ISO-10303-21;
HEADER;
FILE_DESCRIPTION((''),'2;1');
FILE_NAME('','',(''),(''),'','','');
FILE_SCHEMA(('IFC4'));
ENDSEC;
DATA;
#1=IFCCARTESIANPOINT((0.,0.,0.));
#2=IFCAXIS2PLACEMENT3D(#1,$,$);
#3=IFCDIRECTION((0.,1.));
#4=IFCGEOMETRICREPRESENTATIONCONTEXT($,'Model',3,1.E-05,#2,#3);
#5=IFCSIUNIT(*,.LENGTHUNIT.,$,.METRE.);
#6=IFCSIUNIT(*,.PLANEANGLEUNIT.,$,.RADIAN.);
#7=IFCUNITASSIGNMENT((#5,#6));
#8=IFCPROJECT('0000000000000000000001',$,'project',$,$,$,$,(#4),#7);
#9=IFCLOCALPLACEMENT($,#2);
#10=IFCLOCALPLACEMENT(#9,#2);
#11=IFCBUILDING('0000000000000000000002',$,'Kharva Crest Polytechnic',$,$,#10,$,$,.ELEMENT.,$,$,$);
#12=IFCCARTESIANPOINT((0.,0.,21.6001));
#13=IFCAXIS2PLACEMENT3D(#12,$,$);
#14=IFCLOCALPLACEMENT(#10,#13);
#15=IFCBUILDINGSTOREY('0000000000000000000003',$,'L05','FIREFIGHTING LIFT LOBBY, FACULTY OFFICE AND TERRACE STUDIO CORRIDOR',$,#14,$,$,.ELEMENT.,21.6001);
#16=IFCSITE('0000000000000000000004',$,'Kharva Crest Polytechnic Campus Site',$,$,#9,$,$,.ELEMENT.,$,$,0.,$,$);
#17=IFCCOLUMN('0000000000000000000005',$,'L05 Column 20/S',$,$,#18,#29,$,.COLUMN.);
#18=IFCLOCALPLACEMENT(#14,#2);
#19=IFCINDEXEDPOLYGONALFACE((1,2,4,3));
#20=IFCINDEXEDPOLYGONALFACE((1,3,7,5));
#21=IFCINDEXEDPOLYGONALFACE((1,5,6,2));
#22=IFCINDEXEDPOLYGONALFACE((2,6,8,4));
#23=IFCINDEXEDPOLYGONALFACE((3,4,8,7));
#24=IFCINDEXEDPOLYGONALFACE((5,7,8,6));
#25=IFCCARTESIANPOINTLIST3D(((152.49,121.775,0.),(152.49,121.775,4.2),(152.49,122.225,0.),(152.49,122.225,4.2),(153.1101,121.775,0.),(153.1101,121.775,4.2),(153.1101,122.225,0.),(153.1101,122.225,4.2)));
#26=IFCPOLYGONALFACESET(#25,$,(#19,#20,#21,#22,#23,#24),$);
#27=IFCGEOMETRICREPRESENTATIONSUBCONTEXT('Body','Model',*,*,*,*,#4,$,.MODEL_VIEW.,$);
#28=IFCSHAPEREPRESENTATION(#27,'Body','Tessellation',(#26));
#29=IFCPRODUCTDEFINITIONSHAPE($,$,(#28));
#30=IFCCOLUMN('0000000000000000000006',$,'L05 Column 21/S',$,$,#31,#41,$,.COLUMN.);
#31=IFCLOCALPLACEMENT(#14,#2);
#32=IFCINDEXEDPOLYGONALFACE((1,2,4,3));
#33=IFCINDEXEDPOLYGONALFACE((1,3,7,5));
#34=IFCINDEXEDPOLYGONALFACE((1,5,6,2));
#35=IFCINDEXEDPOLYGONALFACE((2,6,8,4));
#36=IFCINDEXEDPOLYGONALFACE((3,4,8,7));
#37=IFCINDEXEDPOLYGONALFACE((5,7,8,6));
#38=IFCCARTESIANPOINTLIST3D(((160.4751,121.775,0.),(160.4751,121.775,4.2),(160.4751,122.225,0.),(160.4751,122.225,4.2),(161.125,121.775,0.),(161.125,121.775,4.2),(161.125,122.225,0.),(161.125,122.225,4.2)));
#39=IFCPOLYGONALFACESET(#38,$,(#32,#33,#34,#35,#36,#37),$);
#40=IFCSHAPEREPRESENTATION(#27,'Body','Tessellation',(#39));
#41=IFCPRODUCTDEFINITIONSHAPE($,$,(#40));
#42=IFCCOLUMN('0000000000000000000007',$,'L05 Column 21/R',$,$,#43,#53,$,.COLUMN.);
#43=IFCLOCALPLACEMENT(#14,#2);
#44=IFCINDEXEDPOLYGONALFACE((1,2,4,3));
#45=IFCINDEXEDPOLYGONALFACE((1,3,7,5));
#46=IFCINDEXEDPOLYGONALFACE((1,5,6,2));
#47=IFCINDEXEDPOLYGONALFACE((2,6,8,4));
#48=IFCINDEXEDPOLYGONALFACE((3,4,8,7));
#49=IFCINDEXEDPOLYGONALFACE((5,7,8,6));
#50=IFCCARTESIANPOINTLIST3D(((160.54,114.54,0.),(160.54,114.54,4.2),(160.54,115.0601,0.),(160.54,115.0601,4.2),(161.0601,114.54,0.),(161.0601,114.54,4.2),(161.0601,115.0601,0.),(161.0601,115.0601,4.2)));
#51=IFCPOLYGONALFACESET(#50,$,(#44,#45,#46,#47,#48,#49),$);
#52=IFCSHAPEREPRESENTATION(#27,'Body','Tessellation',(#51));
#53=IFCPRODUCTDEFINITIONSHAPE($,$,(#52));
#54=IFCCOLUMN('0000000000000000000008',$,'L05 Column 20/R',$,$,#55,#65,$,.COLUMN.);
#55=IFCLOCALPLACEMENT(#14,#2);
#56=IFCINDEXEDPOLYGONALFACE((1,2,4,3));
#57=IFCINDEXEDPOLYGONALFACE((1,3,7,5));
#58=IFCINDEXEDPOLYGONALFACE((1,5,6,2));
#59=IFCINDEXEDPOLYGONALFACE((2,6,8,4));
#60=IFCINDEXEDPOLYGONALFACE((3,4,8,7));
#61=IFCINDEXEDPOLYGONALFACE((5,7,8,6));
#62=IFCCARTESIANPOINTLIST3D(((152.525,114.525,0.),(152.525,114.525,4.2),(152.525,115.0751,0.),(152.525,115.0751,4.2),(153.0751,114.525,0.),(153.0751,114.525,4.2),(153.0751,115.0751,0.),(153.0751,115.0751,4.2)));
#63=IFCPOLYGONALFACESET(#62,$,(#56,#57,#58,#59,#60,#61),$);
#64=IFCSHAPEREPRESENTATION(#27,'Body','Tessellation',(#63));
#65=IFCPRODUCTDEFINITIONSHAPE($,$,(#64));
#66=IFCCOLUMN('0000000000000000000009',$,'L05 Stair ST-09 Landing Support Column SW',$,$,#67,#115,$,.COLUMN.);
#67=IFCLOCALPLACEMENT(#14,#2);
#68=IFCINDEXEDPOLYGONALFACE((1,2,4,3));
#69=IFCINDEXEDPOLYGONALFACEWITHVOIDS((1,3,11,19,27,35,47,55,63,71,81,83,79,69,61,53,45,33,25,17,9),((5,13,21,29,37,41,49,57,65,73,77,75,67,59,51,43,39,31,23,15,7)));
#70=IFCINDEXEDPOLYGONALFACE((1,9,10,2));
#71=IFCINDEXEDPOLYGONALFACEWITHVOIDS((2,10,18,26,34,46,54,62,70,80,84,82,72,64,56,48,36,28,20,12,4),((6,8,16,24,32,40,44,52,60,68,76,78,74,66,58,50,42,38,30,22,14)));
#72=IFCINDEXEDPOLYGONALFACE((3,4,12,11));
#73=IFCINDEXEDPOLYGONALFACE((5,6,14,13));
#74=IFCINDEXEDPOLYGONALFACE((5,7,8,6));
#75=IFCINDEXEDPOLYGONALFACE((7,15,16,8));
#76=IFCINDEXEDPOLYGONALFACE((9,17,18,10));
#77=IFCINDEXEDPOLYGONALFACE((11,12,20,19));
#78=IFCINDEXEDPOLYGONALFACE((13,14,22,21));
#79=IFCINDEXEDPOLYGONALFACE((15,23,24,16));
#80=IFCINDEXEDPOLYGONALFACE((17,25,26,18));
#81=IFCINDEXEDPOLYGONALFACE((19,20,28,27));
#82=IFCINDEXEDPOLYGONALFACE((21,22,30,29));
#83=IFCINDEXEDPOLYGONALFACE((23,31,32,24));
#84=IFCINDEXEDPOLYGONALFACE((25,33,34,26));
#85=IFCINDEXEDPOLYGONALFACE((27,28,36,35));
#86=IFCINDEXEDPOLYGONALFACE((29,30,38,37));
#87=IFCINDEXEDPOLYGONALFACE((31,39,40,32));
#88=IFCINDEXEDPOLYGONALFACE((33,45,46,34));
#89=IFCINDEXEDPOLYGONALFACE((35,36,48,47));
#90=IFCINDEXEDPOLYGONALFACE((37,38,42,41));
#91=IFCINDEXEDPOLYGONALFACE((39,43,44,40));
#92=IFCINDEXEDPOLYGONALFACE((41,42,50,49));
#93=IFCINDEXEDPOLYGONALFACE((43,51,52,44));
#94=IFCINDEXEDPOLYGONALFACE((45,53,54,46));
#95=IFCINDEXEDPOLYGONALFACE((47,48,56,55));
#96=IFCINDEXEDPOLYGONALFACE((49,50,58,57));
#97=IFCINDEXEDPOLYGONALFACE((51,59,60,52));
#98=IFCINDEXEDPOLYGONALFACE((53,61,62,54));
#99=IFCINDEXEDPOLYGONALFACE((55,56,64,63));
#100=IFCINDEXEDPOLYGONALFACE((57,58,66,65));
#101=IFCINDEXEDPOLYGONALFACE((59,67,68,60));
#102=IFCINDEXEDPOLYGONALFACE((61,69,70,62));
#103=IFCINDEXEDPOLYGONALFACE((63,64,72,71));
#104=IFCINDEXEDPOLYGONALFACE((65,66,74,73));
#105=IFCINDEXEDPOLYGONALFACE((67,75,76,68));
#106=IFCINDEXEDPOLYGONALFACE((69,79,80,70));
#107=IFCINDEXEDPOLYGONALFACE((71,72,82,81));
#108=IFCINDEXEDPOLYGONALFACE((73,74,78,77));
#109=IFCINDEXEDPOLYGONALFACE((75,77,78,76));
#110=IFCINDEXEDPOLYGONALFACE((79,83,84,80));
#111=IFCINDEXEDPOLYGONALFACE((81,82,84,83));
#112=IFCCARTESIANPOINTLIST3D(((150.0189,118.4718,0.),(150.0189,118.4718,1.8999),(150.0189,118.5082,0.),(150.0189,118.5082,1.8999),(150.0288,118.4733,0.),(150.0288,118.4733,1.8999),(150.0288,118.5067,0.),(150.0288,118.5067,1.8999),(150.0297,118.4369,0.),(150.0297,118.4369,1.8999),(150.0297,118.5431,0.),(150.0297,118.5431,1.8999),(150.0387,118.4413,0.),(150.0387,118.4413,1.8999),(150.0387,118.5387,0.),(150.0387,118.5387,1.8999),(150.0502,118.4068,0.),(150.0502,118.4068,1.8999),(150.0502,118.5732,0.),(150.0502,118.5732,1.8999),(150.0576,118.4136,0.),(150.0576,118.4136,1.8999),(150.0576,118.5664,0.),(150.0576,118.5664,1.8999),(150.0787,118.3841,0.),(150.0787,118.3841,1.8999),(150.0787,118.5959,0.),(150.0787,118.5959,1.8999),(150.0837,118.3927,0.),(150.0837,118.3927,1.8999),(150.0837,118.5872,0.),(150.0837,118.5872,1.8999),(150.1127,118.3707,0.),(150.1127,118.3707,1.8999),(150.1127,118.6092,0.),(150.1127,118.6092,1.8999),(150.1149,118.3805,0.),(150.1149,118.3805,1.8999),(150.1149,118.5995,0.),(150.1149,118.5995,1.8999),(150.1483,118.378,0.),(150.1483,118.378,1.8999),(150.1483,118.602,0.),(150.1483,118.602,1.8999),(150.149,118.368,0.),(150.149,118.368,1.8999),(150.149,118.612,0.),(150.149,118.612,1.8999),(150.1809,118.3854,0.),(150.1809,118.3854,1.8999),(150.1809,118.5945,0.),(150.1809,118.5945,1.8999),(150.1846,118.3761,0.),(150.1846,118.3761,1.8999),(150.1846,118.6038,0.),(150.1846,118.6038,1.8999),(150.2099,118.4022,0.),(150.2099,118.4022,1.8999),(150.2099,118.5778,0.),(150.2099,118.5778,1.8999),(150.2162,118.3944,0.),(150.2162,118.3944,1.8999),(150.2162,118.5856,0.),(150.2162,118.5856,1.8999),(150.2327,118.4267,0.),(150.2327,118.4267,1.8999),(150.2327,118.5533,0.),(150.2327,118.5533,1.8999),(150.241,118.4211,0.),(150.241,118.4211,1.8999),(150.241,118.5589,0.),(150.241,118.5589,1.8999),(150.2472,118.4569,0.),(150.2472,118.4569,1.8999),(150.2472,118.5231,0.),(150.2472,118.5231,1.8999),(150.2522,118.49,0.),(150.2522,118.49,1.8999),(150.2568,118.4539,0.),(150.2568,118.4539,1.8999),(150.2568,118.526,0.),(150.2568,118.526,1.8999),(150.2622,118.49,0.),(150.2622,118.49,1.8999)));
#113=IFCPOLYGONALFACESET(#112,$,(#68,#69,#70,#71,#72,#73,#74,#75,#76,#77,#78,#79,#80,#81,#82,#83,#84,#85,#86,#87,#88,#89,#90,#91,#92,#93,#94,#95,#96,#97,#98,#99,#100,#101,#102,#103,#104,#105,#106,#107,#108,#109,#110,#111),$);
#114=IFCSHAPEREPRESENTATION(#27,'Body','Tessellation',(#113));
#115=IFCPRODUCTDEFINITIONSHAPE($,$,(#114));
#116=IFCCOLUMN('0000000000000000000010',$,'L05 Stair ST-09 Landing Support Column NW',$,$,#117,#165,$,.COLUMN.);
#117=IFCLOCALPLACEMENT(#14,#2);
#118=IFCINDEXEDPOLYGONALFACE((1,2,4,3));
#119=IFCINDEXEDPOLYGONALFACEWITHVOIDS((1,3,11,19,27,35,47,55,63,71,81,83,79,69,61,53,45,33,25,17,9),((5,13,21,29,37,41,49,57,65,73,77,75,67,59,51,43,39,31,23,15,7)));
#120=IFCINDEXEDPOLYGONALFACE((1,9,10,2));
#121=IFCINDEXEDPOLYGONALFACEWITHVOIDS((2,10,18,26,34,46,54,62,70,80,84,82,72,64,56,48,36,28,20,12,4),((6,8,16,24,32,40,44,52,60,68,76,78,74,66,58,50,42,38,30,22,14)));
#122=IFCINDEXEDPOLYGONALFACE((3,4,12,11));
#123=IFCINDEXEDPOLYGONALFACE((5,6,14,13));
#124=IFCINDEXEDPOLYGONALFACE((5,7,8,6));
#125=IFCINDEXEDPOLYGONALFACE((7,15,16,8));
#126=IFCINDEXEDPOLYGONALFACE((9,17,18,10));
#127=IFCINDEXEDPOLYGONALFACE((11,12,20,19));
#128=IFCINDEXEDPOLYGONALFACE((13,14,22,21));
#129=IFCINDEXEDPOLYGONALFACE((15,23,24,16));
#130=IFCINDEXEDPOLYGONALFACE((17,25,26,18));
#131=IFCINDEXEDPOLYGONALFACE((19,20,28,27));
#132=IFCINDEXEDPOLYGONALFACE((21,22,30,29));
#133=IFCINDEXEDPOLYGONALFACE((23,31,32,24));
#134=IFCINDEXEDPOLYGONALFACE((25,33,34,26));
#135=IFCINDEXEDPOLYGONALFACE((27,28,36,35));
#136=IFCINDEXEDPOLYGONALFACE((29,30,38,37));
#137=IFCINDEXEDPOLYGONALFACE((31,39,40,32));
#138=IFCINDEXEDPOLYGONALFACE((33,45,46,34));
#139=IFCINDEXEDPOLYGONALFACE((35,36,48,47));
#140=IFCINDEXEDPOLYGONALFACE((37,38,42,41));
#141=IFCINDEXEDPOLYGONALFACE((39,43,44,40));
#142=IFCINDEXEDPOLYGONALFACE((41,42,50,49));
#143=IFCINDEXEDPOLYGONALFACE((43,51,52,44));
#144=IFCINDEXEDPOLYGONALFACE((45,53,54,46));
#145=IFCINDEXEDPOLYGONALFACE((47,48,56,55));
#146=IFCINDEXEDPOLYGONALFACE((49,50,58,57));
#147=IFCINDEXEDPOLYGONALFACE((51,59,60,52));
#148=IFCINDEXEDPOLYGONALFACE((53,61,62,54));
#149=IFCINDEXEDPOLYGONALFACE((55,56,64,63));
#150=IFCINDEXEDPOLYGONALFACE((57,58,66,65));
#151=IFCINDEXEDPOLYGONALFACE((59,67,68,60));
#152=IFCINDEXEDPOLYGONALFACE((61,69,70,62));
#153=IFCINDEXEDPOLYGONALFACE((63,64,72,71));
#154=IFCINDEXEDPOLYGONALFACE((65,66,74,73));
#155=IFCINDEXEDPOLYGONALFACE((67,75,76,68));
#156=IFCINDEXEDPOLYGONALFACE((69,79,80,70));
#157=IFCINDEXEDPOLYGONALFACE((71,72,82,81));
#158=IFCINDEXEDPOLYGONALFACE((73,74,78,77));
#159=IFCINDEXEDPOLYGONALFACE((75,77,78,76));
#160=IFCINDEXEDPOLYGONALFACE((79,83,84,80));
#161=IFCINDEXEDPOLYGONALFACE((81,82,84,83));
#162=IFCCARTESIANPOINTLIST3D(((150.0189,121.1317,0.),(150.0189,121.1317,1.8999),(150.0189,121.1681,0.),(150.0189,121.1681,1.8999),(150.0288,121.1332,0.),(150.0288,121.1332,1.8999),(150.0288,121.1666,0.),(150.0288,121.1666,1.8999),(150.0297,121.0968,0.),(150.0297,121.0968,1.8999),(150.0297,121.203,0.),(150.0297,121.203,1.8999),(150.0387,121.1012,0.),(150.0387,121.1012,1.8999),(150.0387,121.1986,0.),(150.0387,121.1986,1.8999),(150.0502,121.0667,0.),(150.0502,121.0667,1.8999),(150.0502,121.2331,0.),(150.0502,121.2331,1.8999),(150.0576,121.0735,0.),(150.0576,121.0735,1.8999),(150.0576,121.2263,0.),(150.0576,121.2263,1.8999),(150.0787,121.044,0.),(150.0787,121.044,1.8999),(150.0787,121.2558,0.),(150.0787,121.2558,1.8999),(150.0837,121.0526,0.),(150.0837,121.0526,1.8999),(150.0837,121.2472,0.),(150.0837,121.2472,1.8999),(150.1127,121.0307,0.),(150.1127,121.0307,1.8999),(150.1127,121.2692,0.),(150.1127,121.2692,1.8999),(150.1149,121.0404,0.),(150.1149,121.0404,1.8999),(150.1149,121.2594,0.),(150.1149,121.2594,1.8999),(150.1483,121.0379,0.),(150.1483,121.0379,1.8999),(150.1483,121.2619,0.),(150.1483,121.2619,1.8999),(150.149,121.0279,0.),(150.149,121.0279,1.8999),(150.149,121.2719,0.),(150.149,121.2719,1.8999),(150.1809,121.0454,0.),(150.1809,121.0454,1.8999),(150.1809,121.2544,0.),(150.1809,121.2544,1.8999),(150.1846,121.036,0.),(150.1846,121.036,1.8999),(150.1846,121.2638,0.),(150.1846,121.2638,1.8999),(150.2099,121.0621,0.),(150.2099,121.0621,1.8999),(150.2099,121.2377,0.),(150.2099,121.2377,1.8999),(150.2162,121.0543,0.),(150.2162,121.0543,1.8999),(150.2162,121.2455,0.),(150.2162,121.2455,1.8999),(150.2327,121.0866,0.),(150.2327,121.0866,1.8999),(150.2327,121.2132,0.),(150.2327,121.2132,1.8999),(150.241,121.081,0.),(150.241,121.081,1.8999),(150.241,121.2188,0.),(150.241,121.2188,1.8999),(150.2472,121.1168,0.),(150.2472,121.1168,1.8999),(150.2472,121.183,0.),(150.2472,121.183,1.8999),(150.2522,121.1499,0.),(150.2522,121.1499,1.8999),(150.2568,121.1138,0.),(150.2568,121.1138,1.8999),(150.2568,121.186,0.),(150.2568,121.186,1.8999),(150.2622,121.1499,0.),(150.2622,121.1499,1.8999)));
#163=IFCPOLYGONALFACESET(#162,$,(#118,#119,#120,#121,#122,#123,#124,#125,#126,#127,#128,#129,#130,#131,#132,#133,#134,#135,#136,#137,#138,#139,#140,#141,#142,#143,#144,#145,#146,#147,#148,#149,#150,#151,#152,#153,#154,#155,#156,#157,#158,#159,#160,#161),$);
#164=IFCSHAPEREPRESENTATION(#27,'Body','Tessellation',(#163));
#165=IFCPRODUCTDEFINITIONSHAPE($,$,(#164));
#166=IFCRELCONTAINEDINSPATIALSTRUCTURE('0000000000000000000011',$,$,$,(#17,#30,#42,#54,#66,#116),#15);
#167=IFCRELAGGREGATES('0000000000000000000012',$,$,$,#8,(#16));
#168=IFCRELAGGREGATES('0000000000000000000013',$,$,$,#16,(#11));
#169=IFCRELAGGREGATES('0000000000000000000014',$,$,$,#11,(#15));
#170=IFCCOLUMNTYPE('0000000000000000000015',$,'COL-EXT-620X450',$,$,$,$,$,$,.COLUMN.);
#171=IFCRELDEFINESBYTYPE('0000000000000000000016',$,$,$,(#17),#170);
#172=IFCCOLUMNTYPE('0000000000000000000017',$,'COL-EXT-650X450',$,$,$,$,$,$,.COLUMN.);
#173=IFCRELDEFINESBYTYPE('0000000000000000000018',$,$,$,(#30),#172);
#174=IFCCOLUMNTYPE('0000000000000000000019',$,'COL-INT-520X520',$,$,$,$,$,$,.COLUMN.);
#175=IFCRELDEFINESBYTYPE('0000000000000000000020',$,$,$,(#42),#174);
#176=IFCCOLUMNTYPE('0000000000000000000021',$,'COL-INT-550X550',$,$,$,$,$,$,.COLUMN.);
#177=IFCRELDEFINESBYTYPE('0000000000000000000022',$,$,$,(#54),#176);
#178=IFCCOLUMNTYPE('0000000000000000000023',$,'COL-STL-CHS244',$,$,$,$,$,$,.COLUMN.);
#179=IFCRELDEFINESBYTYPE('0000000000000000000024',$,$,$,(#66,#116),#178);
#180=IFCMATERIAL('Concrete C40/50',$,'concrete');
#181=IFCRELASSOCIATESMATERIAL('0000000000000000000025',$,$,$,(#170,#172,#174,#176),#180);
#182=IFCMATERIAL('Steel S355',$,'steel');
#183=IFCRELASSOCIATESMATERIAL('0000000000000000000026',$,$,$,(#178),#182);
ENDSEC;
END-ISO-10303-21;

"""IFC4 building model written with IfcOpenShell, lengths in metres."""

from ifc_helpers import new_model, si_unit, direction, frame, origin, origin_2d, place, context, subcontext, project, spatial, rectangle, hollow_circle, extrude, material, material_profile, profile_set, type_object, element, save


model = new_model("IFC4")

# Units and contexts
model_context = context("Model", 3, precision=1e-05, world=origin(), true_north=direction((0.0, 1.0)))
body_context = subcontext(model_context, "Body", "Model", "MODEL_VIEW")
ifc_project = project(units=[si_unit("LENGTHUNIT", "METRE"), si_unit("PLANEANGLEUNIT", "RADIAN")], contexts=[model_context])

# Site, building, storey
site_placement = place(None, origin())
site = spatial("IfcSite", under=ifc_project, at=site_placement, Name="Kharva Crest Polytechnic Campus Site", CompositionType="ELEMENT", RefElevation=0.0)
building_placement = place(site_placement, origin())
building = spatial("IfcBuilding", under=site, at=building_placement, Name="Kharva Crest Polytechnic", CompositionType="ELEMENT")
storey_placement = place(building_placement, frame((0.0, 0.0, 21.6001)))
storey = spatial("IfcBuildingStorey", under=building, at=storey_placement, Name="L05", Description="FIREFIGHTING LIFT LOBBY, FACULTY OFFICE AND TERRACE STUDIO CORRIDOR", CompositionType="ELEMENT", Elevation=21.6001)

# Columns
ifc_material_1 = material(Name="Concrete C40/50", Category="concrete")
ifc_material_profile_1 = material_profile(ifc_material_1, rectangle(XDim=0.6201, YDim=0.45, at=origin_2d()), Name="RECT 620 X 450")
ifc_profile_set_1 = profile_set([ifc_material_profile_1], Name="Concrete C40/50")
column_type_1 = type_object("IfcColumnType", Name="COL-EXT-620X450", PredefinedType="COLUMN", material=ifc_profile_set_1)
column_1_placement = place(storey_placement, frame((152.8, 122.0, 0.0), z_axis=(0.0, 0.0, 1.0), x_axis=(1.0, 0.0, 0.0)))
element("IfcColumn", 1, at=column_1_placement, inside=storey, type_object=column_type_1, Name="L05 Column 20/S", PredefinedType="COLUMN", context=body_context, shape_type="SweptSolid", body=[
    extrude(rectangle(XDim=0.6201, YDim=0.45, at=origin_2d()), origin(), (0.0, 0.0, 1.0), 4.2),
])
ifc_material_profile_2 = material_profile(ifc_material_1, rectangle(XDim=0.6499, YDim=0.45, at=origin_2d()), Name="RECT 650 X 450")
ifc_profile_set_2 = profile_set([ifc_material_profile_2], Name="Concrete C40/50")
column_type_2 = type_object("IfcColumnType", Name="COL-EXT-650X450", PredefinedType="COLUMN", material=ifc_profile_set_2)
column_2_placement = place(storey_placement, frame((160.8, 122.0, 0.0), z_axis=(0.0, 0.0, 1.0), x_axis=(1.0, 0.0, 0.0)))
element("IfcColumn", 2, at=column_2_placement, inside=storey, type_object=column_type_2, Name="L05 Column 21/S", PredefinedType="COLUMN", context=body_context, shape_type="SweptSolid", body=[
    extrude(rectangle(XDim=0.6499, YDim=0.45, at=origin_2d()), origin(), (0.0, 0.0, 1.0), 4.2),
])
ifc_material_profile_3 = material_profile(ifc_material_1, rectangle(XDim=0.52, YDim=0.52, at=origin_2d()), Name="RECT 520 X 520")
ifc_profile_set_3 = profile_set([ifc_material_profile_3], Name="Concrete C40/50")
column_type_3 = type_object("IfcColumnType", Name="COL-INT-520X520", PredefinedType="COLUMN", material=ifc_profile_set_3)
column_3_placement = place(storey_placement, frame((160.8, 114.8, 0.0), z_axis=(0.0, 0.0, 1.0), x_axis=(1.0, 0.0, 0.0)))
element("IfcColumn", 3, at=column_3_placement, inside=storey, type_object=column_type_3, Name="L05 Column 21/R", PredefinedType="COLUMN", context=body_context, shape_type="SweptSolid", body=[
    extrude(rectangle(XDim=0.52, YDim=0.52, at=origin_2d()), origin(), (0.0, 0.0, 1.0), 4.2),
])
ifc_material_profile_4 = material_profile(ifc_material_1, rectangle(XDim=0.55, YDim=0.55, at=origin_2d()), Name="RECT 550 X 550")
ifc_profile_set_4 = profile_set([ifc_material_profile_4], Name="Concrete C40/50")
column_type_4 = type_object("IfcColumnType", Name="COL-INT-550X550", PredefinedType="COLUMN", material=ifc_profile_set_4)
column_4_placement = place(storey_placement, frame((152.8, 114.8, 0.0), z_axis=(0.0, 0.0, 1.0), x_axis=(1.0, 0.0, 0.0)))
element("IfcColumn", 4, at=column_4_placement, inside=storey, type_object=column_type_4, Name="L05 Column 20/R", PredefinedType="COLUMN", context=body_context, shape_type="SweptSolid", body=[
    extrude(rectangle(XDim=0.55, YDim=0.55, at=origin_2d()), origin(), (0.0, 0.0, 1.0), 4.2),
])
ifc_material_2 = material(Name="Steel S355", Category="steel")
ifc_material_profile_5 = material_profile(ifc_material_2, hollow_circle(Radius=0.1223, WallThickness=0.01, at=origin_2d()), Name="CHS 244.5X10.0")
ifc_profile_set_5 = profile_set([ifc_material_profile_5], Name="Steel S355")
column_type_5 = type_object("IfcColumnType", Name="COL-STL-CHS244", PredefinedType="COLUMN", material=ifc_profile_set_5)
for number, where, z_axis, x_axis, name in (
    (5, (150.1399, 118.49, 0.0), (0.0, 0.0, 1.0), (1.0, 0.0, 0.0), "L05 Stair ST-09 Landing Support Column SW"),
    (6, (150.1399, 121.1499, 0.0), (0.0, 0.0, 1.0), (1.0, 0.0, 0.0), "L05 Stair ST-09 Landing Support Column NW"),
):
    element("IfcColumn", number, at=place(storey_placement, frame(where, z_axis=z_axis, x_axis=x_axis)), inside=storey, type_object=column_type_5, Name=name, PredefinedType="COLUMN", context=body_context, shape_type="SweptSolid", body=[
        extrude(hollow_circle(Radius=0.1223, WallThickness=0.01, at=origin_2d()), origin(), (0.0, 0.0, 1.0), 1.8999),
    ])

save(model, "model.ifc")
